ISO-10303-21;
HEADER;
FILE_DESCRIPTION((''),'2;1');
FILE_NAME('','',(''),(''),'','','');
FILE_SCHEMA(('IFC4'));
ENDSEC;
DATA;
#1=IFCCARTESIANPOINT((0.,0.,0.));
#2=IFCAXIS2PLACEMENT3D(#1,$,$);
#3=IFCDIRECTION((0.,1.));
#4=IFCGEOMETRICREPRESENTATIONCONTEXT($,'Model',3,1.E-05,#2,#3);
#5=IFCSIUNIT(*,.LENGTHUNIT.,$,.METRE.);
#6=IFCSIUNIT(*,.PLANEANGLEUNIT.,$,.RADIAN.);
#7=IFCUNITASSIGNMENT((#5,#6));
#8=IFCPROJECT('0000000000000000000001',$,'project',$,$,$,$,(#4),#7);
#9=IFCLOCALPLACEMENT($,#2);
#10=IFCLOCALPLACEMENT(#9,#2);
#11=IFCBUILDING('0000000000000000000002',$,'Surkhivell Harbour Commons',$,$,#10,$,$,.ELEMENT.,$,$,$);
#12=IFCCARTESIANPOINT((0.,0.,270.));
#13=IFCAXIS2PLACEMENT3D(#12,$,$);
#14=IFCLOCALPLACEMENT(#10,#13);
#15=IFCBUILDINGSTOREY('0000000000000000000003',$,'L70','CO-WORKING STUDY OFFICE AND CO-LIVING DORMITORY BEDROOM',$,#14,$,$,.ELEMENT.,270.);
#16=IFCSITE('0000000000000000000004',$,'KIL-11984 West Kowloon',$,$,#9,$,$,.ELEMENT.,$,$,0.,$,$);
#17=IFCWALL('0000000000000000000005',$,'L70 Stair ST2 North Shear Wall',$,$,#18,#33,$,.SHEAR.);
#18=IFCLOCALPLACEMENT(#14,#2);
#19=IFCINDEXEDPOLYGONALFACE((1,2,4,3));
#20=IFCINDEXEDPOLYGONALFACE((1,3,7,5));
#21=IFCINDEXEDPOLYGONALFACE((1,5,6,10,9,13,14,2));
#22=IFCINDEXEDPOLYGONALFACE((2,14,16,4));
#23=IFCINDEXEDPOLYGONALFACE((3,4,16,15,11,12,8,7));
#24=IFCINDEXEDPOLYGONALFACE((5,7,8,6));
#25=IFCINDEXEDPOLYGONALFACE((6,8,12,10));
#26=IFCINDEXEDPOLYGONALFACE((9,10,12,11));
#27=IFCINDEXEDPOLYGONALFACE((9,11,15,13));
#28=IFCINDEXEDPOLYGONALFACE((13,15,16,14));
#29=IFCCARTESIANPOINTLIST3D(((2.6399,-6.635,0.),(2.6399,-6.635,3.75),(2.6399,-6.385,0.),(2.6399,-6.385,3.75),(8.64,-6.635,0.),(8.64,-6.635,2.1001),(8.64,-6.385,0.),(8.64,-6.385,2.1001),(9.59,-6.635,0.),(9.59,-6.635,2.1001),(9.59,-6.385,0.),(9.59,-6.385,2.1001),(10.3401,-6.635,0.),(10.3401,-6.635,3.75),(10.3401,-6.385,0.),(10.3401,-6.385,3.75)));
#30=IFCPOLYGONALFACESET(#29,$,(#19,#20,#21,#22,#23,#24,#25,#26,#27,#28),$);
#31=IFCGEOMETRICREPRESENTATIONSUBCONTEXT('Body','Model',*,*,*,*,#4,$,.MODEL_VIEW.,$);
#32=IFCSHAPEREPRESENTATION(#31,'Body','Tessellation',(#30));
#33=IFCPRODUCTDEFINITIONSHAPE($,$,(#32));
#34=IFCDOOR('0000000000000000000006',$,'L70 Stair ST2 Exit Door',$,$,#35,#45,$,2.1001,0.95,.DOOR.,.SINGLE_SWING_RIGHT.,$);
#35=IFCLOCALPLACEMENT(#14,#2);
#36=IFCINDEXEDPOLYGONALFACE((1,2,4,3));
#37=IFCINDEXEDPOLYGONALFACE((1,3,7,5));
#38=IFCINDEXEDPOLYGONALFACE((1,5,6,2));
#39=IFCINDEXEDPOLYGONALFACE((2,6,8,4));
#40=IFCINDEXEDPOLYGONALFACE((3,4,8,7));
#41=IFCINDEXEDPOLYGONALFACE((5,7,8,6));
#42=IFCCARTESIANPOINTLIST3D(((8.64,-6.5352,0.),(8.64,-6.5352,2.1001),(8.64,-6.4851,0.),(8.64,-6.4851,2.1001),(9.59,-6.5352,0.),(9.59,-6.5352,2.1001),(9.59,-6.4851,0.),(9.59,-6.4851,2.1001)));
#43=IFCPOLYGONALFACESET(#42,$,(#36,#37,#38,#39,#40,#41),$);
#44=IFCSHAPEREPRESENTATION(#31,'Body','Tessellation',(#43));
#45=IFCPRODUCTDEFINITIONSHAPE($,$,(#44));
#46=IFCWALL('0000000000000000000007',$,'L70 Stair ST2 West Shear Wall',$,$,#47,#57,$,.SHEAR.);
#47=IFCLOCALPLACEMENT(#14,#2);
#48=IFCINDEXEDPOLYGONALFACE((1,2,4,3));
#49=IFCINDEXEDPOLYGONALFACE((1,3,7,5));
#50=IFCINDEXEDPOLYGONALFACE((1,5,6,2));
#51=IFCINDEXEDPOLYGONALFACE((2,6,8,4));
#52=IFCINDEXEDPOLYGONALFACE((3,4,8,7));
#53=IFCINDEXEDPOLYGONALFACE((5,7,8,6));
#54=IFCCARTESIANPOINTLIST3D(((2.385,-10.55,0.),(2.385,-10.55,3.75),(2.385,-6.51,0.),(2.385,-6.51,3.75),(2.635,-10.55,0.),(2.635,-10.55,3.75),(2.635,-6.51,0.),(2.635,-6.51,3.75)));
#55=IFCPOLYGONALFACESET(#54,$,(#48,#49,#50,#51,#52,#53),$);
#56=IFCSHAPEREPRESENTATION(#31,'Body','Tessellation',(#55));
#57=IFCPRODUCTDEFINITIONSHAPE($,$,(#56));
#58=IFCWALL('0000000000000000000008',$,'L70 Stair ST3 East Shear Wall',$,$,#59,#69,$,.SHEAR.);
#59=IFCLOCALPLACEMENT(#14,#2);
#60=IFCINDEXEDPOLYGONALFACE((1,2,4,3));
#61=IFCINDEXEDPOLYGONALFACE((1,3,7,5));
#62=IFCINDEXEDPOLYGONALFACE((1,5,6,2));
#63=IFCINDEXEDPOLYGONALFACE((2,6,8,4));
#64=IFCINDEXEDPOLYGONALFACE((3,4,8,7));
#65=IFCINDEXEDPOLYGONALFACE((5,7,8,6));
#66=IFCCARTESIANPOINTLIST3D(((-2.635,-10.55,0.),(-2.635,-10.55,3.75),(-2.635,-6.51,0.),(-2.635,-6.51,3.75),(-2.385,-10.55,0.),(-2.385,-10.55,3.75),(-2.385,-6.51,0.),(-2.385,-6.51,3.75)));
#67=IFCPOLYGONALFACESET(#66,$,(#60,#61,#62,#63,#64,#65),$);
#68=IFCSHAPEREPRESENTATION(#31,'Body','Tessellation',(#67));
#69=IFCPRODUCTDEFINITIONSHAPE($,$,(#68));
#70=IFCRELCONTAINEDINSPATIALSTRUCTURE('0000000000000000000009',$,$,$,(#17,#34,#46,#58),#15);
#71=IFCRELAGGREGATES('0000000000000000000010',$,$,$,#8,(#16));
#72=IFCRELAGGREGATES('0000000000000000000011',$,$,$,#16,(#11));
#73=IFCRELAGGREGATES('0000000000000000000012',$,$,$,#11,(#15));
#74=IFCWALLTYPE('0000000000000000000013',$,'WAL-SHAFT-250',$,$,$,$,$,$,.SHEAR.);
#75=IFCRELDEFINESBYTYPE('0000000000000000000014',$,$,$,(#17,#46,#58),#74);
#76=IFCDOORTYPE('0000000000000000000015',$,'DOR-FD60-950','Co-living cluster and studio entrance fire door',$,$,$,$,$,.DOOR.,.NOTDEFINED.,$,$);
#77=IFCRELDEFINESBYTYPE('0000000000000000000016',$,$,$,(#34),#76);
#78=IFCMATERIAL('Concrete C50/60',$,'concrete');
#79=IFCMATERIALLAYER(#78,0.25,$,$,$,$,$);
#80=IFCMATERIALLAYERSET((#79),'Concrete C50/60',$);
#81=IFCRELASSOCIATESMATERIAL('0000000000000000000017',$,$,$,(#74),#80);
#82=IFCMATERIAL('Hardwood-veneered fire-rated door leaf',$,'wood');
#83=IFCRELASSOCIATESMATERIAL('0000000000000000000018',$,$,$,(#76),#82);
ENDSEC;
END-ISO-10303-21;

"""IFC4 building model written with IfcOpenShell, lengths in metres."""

from ifc_helpers import new_model, si_unit, direction, frame, frame_2d, origin, place, context, subcontext, project, spatial, rectangle, extrude, material, layer, layer_set, type_object, element, fill, save


model = new_model("IFC4")

# Units and contexts
model_context = context("Model", 3, precision=1e-05, world=origin(), true_north=direction((0.0, 1.0)))
body_context = subcontext(model_context, "Body", "Model", "MODEL_VIEW")
ifc_project = project(units=[si_unit("LENGTHUNIT", "METRE"), si_unit("PLANEANGLEUNIT", "RADIAN")], contexts=[model_context])

# Site, building, storey
site_placement = place(None, origin())
site = spatial("IfcSite", under=ifc_project, at=site_placement, Name="KIL-11984 West Kowloon", CompositionType="ELEMENT", RefElevation=0.0)
building_placement = place(site_placement, origin())
building = spatial("IfcBuilding", under=site, at=building_placement, Name="Surkhivell Harbour Commons", CompositionType="ELEMENT")
storey_placement = place(building_placement, frame((0.0, 0.0, 270.0)))
storey = spatial("IfcBuildingStorey", under=building, at=storey_placement, Name="L70", Description="CO-WORKING STUDY OFFICE AND CO-LIVING DORMITORY BEDROOM", CompositionType="ELEMENT", Elevation=270.0)

# Shared definitions
ifc_material_1 = material(Name="Concrete C50/60", Category="concrete")

# Shared definitions
ifc_material_2 = material(Name="Hardwood-veneered fire-rated door leaf", Category="wood")

# Shared definitions
ifc_layer_1 = layer(ifc_material_1, 0.25)
ifc_layer_set_1 = layer_set([ifc_layer_1], Name="Concrete C50/60")
wall_type_1 = type_object("IfcWallType", Name="WAL-SHAFT-250", PredefinedType="SHEAR", material=ifc_layer_set_1)

# Wall, opening, door
wall_1_placement = place(storey_placement, frame((2.6399, -6.51, 0.0), z_axis=(0.0, 0.0, 1.0), x_axis=(1.0, 0.0, 0.0)))
wall_1 = element("IfcWall", 1, at=wall_1_placement, inside=storey, type_object=wall_type_1, Name="L70 Stair ST2 North Shear Wall", PredefinedType="SHEAR", context=body_context, shape_type="SweptSolid", body=[
    extrude(rectangle(XDim=7.7002, YDim=0.25, at=frame_2d((3.8501, 0.0))), origin(), (0.0, 0.0, 1.0), 3.75),
])
opening_1_placement = place(wall_1_placement, frame((6.0, 0.0, 0.0)))
opening_1 = element("IfcOpeningElement", 2, at=opening_1_placement, cuts=wall_1, PredefinedType="OPENING", context=body_context, shape_type="SweptSolid", body=[
    extrude(rectangle(XDim=0.95, YDim=2.1001, at=frame_2d((0.4751, 1.05))), frame((0.0, 0.135, 0.0), z_axis=(0.0, -1.0, 0.0), x_axis=(1.0, 0.0, 0.0)), (0.0, 0.0, 1.0), 0.27),
])
door_type_1 = type_object("IfcDoorType", Name="DOR-FD60-950", Description="Co-living cluster and studio entrance fire door", OperationType="NOTDEFINED", PredefinedType="DOOR", material=ifc_material_2)
door_1_placement = place(opening_1_placement, origin())
door_1 = element("IfcDoor", 3, at=door_1_placement, inside=storey, type_object=door_type_1, Name="L70 Stair ST2 Exit Door", OperationType="SINGLE_SWING_RIGHT", OverallHeight=2.1001, OverallWidth=0.95, PredefinedType="DOOR", context=body_context, shape_type="SweptSolid", body=[
    extrude(rectangle(XDim=0.95, YDim=2.1001, at=frame_2d((0.4751, 1.05))), frame((0.0, 0.0249, 0.0), z_axis=(0.0, -1.0, 0.0), x_axis=(1.0, 0.0, 0.0)), (0.0, 0.0, 1.0), 0.05),
])
fill(opening_1, door_1)

# Walls
for number, where, z_axis, x_axis, name in (
    (4, (2.51, -10.55, 0.0), (0.0, 0.0, 1.0), (0.0, 1.0, 0.0), "L70 Stair ST2 West Shear Wall"),
    (5, (-2.51, -10.55, 0.0), (0.0, 0.0, 1.0), (0.0, 1.0, 0.0), "L70 Stair ST3 East Shear Wall"),
):
    element("IfcWall", number, at=place(storey_placement, frame(where, z_axis=z_axis, x_axis=x_axis)), inside=storey, type_object=wall_type_1, Name=name, PredefinedType="SHEAR", context=body_context, shape_type="SweptSolid", body=[
        extrude(rectangle(XDim=4.04, YDim=0.25, at=frame_2d((2.02, 0.0))), origin(), (0.0, 0.0, 1.0), 3.75),
    ])

save(model, "model.ifc")
